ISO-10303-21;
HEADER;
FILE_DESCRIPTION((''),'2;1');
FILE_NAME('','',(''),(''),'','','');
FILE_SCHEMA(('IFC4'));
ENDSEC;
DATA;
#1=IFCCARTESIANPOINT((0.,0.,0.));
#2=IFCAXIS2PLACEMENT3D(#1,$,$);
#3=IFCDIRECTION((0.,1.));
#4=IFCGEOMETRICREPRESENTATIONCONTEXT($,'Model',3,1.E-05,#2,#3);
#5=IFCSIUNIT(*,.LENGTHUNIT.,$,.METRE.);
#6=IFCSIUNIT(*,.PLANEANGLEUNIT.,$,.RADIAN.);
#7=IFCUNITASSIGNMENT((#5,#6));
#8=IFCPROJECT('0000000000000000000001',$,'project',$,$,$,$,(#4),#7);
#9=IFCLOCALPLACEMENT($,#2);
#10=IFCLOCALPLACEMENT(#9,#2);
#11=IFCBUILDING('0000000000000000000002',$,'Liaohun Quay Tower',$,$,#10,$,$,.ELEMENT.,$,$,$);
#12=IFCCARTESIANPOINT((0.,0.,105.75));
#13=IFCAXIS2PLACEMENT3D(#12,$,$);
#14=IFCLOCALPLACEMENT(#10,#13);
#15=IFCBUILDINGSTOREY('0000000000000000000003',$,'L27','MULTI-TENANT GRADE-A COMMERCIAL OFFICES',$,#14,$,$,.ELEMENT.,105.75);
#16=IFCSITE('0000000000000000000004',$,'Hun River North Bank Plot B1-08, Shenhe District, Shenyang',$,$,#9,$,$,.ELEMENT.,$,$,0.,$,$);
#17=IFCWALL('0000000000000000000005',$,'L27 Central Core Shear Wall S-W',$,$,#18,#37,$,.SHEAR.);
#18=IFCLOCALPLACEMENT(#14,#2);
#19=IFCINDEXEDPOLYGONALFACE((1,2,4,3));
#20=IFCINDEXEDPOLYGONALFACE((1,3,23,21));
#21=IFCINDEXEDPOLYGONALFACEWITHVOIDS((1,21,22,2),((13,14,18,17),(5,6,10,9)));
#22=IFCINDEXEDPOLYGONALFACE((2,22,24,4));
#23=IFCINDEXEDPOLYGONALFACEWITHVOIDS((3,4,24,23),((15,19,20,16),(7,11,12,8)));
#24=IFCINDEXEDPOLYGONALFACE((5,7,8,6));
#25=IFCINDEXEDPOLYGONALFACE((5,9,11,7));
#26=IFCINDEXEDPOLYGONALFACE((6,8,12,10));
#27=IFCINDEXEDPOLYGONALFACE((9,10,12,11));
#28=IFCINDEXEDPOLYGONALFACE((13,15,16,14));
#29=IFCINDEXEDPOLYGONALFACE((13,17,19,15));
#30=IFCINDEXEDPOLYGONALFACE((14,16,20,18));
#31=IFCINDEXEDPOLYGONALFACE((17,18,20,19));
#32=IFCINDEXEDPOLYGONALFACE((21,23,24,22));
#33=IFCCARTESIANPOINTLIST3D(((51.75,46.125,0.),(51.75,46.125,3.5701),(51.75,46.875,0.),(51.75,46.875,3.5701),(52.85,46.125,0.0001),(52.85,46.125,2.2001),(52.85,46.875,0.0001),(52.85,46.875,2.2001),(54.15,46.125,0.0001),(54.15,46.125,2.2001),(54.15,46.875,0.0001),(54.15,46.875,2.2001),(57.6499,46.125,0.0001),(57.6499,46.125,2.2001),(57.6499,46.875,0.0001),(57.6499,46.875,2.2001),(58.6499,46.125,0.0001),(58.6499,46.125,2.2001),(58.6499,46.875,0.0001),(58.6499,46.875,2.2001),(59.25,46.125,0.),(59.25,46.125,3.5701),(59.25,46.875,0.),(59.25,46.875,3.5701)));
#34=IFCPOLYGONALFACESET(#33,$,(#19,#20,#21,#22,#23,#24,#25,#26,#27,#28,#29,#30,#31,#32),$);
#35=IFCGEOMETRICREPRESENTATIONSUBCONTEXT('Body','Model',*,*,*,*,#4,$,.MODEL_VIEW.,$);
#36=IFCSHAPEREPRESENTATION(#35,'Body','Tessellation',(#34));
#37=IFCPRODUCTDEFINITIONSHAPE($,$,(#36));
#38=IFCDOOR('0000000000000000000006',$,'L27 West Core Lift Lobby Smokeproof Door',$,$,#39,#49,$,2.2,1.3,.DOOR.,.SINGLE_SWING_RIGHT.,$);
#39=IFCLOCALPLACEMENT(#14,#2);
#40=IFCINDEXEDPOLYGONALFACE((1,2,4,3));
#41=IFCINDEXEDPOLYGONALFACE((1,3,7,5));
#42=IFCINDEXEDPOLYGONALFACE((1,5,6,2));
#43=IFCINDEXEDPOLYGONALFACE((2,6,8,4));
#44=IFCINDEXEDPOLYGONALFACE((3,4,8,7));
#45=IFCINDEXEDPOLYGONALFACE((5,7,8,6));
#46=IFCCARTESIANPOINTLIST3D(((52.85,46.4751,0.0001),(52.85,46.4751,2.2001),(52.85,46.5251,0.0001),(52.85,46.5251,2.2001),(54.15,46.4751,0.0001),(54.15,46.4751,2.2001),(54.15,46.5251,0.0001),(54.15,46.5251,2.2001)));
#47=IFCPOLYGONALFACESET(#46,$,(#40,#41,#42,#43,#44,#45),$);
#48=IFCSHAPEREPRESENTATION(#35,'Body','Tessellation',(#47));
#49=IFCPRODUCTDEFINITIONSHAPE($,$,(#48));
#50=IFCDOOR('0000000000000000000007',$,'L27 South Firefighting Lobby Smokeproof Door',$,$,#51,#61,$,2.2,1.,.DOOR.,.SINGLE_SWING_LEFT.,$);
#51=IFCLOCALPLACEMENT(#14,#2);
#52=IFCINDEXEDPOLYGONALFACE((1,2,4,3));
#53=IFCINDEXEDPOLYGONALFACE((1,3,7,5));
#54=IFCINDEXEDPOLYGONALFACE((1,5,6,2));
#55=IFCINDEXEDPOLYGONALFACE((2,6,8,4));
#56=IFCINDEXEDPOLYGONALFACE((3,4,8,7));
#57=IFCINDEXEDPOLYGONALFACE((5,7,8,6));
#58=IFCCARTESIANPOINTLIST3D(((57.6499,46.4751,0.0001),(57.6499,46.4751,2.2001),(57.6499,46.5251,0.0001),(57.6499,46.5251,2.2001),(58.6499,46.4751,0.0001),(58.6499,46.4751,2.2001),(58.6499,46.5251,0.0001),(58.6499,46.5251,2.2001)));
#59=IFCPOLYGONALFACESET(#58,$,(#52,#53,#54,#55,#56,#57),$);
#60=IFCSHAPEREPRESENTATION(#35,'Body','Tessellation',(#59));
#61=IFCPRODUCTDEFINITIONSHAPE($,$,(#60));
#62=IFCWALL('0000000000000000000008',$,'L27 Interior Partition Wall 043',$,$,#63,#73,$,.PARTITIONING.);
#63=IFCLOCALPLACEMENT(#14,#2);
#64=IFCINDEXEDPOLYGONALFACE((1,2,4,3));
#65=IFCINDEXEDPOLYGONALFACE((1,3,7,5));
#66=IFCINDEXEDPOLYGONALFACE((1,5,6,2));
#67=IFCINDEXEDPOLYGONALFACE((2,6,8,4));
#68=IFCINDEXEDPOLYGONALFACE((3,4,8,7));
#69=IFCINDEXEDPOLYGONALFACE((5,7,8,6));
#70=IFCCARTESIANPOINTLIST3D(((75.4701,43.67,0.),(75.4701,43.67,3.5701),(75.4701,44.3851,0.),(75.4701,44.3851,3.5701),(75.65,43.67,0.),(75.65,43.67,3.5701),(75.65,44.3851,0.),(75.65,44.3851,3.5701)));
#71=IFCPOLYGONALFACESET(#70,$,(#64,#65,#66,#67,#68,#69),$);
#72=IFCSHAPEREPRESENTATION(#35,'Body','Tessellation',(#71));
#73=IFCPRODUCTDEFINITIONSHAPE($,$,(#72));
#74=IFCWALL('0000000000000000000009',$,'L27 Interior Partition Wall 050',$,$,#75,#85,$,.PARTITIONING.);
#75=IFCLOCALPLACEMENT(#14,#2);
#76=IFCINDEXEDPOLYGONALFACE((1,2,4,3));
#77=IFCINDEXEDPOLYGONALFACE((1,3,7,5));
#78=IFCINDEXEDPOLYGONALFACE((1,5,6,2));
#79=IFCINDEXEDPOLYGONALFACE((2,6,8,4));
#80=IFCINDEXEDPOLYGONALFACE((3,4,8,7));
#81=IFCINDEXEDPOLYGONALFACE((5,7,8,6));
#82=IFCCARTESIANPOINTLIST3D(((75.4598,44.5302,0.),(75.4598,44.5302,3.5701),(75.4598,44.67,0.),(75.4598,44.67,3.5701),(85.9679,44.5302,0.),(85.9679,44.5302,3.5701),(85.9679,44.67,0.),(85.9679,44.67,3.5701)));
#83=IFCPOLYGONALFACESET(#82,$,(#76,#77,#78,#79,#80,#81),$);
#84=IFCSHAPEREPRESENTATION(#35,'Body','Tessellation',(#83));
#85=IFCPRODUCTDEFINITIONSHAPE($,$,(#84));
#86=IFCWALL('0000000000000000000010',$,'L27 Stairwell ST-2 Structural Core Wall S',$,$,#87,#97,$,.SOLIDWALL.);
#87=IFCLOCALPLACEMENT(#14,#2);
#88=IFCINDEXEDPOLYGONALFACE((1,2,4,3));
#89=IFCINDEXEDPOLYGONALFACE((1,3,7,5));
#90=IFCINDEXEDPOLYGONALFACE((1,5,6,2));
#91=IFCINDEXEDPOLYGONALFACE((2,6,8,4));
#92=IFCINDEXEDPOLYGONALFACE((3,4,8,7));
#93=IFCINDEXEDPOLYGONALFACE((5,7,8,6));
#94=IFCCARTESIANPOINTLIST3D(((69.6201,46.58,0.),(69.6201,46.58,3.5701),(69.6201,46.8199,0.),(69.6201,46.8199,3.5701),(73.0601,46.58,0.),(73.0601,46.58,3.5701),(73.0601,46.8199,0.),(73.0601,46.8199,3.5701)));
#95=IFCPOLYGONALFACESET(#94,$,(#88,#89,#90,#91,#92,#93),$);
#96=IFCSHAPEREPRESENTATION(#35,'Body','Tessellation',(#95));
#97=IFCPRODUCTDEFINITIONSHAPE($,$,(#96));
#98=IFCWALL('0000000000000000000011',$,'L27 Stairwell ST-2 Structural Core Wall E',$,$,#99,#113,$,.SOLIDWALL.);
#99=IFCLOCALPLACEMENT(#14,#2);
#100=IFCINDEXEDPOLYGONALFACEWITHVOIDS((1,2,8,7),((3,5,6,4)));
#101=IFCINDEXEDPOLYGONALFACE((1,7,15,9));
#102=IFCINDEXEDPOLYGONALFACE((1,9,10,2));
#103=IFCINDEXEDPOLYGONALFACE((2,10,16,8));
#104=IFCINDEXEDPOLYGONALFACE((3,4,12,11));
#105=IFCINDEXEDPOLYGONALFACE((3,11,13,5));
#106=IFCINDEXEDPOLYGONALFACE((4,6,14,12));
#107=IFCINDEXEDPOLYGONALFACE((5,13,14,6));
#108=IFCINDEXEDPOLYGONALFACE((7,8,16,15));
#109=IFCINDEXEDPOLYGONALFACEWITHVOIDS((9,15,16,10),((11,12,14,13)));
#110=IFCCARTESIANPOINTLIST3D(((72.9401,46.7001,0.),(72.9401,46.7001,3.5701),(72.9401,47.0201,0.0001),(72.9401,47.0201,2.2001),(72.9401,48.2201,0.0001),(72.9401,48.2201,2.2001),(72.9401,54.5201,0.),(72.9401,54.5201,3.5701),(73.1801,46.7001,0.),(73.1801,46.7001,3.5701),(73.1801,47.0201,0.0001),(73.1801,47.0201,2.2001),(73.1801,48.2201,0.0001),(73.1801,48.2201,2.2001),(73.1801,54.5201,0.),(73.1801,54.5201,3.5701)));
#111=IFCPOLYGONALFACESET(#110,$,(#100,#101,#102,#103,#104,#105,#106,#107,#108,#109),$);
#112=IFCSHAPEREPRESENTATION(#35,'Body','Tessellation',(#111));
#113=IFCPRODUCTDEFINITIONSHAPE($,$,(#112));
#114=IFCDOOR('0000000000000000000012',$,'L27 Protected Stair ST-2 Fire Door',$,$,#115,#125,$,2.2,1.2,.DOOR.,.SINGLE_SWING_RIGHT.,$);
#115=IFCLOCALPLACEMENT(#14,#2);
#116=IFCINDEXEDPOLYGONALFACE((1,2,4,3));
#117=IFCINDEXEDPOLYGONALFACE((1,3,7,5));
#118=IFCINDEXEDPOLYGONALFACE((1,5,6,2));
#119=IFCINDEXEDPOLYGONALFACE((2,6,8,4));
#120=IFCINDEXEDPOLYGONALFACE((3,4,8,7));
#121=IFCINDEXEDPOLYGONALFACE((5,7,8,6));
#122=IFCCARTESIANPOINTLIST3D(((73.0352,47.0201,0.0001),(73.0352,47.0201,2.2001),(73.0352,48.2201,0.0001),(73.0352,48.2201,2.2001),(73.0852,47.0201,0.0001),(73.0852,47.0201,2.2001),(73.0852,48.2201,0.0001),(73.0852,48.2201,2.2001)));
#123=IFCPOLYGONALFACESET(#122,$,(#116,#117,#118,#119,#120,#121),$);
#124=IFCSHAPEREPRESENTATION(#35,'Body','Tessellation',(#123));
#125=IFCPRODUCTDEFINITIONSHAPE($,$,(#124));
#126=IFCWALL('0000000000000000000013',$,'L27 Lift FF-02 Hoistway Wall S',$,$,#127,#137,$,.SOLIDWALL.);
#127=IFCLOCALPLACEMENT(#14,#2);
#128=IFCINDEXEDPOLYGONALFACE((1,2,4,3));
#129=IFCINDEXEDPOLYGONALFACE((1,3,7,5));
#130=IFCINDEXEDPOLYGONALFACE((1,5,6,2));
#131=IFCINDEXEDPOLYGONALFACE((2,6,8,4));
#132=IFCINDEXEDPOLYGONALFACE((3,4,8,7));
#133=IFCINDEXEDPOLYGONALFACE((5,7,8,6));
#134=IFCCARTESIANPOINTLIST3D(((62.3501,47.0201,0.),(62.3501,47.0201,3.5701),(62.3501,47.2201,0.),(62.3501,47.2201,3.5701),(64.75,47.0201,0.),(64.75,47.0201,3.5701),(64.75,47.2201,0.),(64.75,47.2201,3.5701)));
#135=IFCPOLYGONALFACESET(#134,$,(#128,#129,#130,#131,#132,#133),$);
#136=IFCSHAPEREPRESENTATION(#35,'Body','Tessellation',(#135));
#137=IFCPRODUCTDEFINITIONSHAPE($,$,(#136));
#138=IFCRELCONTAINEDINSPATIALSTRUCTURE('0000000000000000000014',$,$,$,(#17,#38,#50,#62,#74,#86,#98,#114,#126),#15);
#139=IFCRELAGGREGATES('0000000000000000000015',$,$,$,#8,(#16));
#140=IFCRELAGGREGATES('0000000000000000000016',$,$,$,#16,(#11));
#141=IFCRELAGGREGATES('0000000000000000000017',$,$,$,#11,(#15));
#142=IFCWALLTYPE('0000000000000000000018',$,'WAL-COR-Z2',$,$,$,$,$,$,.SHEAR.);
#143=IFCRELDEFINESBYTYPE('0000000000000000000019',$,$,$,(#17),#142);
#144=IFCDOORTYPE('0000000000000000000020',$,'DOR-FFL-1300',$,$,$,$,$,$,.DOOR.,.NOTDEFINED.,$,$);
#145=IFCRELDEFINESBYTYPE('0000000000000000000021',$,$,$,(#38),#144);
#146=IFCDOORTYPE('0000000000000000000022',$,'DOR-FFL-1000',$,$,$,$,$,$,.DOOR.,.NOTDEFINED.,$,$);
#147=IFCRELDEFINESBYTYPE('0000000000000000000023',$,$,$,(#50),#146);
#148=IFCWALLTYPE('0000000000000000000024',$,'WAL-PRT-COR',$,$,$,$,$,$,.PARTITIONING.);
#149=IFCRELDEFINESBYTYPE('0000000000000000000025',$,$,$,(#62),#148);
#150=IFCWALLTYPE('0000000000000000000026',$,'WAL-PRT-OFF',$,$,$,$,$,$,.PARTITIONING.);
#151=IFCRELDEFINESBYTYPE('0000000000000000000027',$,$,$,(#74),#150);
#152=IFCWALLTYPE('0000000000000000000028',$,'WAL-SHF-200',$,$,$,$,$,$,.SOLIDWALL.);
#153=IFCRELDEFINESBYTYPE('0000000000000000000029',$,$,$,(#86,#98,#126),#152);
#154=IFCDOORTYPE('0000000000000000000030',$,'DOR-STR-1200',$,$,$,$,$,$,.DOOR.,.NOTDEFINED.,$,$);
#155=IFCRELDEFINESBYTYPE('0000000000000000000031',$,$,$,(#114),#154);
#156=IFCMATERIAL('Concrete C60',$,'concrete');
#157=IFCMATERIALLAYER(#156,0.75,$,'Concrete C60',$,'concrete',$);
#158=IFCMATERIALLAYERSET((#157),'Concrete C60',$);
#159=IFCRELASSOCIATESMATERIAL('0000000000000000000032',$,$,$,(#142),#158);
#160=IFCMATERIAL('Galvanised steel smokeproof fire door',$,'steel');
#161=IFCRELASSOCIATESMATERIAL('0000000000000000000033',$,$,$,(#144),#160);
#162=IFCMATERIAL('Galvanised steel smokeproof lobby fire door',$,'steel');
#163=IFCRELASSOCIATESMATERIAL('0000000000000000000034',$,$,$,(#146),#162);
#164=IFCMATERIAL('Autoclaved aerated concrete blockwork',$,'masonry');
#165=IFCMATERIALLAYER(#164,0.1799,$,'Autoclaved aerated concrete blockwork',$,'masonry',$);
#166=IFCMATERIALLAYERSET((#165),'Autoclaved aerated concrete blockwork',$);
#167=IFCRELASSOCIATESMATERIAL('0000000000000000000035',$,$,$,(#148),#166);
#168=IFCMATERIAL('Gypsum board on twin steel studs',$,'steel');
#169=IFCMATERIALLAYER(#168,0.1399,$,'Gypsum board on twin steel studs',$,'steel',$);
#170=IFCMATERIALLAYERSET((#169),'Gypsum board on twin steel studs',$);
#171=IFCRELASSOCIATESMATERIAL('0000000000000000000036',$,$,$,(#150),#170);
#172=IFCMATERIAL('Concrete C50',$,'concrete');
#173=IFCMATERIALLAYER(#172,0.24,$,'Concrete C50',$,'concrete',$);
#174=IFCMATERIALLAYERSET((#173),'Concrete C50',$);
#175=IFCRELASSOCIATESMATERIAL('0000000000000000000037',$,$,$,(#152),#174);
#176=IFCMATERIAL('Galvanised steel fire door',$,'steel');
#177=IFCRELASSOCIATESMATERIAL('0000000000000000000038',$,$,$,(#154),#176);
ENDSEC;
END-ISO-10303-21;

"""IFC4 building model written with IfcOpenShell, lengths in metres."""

from ifc_helpers import new_model, si_unit, direction, frame, frame_2d, origin, place, context, subcontext, project, spatial, rectangle, extrude, source, transform, mapped, material, layer, layer_set, type_object, element, fill, save


model = new_model("IFC4")

# Units and contexts
model_context = context("Model", 3, precision=1e-05, world=origin(), true_north=direction((0.0, 1.0)))
body_context = subcontext(model_context, "Body", "Model", "MODEL_VIEW")
ifc_project = project(units=[si_unit("LENGTHUNIT", "METRE"), si_unit("PLANEANGLEUNIT", "RADIAN")], contexts=[model_context])

# Site, building, storey
site_placement = place(None, origin())
site = spatial("IfcSite", under=ifc_project, at=site_placement, Name="Hun River North Bank Plot B1-08, Shenhe District, Shenyang", CompositionType="ELEMENT", RefElevation=0.0)
building_placement = place(site_placement, origin())
building = spatial("IfcBuilding", under=site, at=building_placement, Name="Liaohun Quay Tower", CompositionType="ELEMENT")
storey_placement = place(building_placement, frame((0.0, 0.0, 105.75)))
storey = spatial("IfcBuildingStorey", under=building, at=storey_placement, Name="L27", Description="MULTI-TENANT GRADE-A COMMERCIAL OFFICES", CompositionType="ELEMENT", Elevation=105.75)

# Shared definitions
ifc_material_1 = material(Name="Concrete C60", Category="concrete")

# Shared definitions
ifc_layer_1 = layer(ifc_material_1, 0.75, Name="Concrete C60", Category="concrete")
ifc_layer_set_1 = layer_set([ifc_layer_1], Name="Concrete C60")
wall_type_1 = type_object("IfcWallType", Name="WAL-COR-Z2", PredefinedType="SHEAR", material=ifc_layer_set_1)
shared_shape_1 = source(origin(), body_context, "Body", "SweptSolid", [
    extrude(rectangle(XDim=1.3, YDim=2.2, at=frame_2d((0.6499, 1.1001))), frame((0.0, 0.385, 0.0), z_axis=(0.0, -1.0, 0.0), x_axis=(1.0, 0.0, 0.0)), (0.0, 0.0, 1.0), 0.77),
])
ifc_material_2 = material(Name="Galvanised steel smokeproof fire door", Category="steel")
door_type_1 = type_object("IfcDoorType", Name="DOR-FFL-1300", OperationType="NOTDEFINED", PredefinedType="DOOR", material=ifc_material_2)
shared_shape_2 = source(origin(), body_context, "Body", "SweptSolid", [
    extrude(rectangle(XDim=1.3, YDim=2.2, at=frame_2d((0.6499, 1.1001))), frame((0.0, 0.0249, 0.0), z_axis=(0.0, -1.0, 0.0), x_axis=(1.0, 0.0, 0.0)), (0.0, 0.0, 1.0), 0.05),
])

# Wall, openings, doors
wall_1_placement = place(storey_placement, frame((59.25, 46.5, 0.0), z_axis=(0.0, 0.0, 1.0), x_axis=(-1.0, 0.0, 0.0)))
wall_1 = element("IfcWall", 1, at=wall_1_placement, inside=storey, type_object=wall_type_1, Name="L27 Central Core Shear Wall S-W", PredefinedType="SHEAR", context=body_context, shape_type="SweptSolid", body=[
    extrude(rectangle(XDim=7.5, YDim=0.75, at=frame_2d((3.75, 0.0))), origin(), (0.0, 0.0, 1.0), 3.5701),
])
opening_1_placement = place(wall_1_placement, frame((5.1001, 0.0, 0.0)))
opening_1 = element("IfcOpeningElement", 2, at=opening_1_placement, cuts=wall_1, PredefinedType="OPENING", context=body_context, shape_type="MappedRepresentation", body=[
    mapped(shared_shape_1, transform((0.0, 0.0, 0.0), x_axis=(1.0, 0.0, 0.0), y_axis=(0.0, 1.0, 0.0), z_axis=(0.0, 0.0, 1.0), scale=1.0)),
])
shared_shape_3 = source(origin(), body_context, "Body", "SweptSolid", [
    extrude(rectangle(XDim=1.0, YDim=2.2, at=frame_2d((0.5, 1.1001))), frame((0.0, 0.385, 0.0), z_axis=(0.0, -1.0, 0.0), x_axis=(1.0, 0.0, 0.0)), (0.0, 0.0, 1.0), 0.77),
])
opening_2_placement = place(wall_1_placement, frame((0.6001, 0.0, 0.0)))
opening_2 = element("IfcOpeningElement", 3, at=opening_2_placement, cuts=wall_1, PredefinedType="OPENING", context=body_context, shape_type="MappedRepresentation", body=[
    mapped(shared_shape_3, transform((0.0, 0.0, 0.0), x_axis=(1.0, 0.0, 0.0), y_axis=(0.0, 1.0, 0.0), z_axis=(0.0, 0.0, 1.0), scale=1.0)),
])
door_1_placement = place(opening_1_placement, origin())
door_1 = element("IfcDoor", 4, at=door_1_placement, inside=storey, type_object=door_type_1, Name="L27 West Core Lift Lobby Smokeproof Door", OperationType="SINGLE_SWING_RIGHT", OverallHeight=2.2, OverallWidth=1.3, PredefinedType="DOOR", context=body_context, shape_type="MappedRepresentation", body=[
    mapped(shared_shape_2, transform((0.0, 0.0, 0.0), x_axis=(1.0, 0.0, 0.0), y_axis=(0.0, 1.0, 0.0), z_axis=(0.0, 0.0, 1.0), scale=1.0)),
])
fill(opening_1, door_1)
ifc_material_3 = material(Name="Galvanised steel smokeproof lobby fire door", Category="steel")
door_type_2 = type_object("IfcDoorType", Name="DOR-FFL-1000", OperationType="NOTDEFINED", PredefinedType="DOOR", material=ifc_material_3)
shared_shape_4 = source(origin(), body_context, "Body", "SweptSolid", [
    extrude(rectangle(XDim=1.0, YDim=2.2, at=frame_2d((0.5, 1.1001))), frame((0.0, 0.0249, 0.0), z_axis=(0.0, -1.0, 0.0), x_axis=(1.0, 0.0, 0.0)), (0.0, 0.0, 1.0), 0.05),
])
door_2_placement = place(opening_2_placement, origin())
door_2 = element("IfcDoor", 5, at=door_2_placement, inside=storey, type_object=door_type_2, Name="L27 South Firefighting Lobby Smokeproof Door", OperationType="SINGLE_SWING_LEFT", OverallHeight=2.2, OverallWidth=1.0, PredefinedType="DOOR", context=body_context, shape_type="MappedRepresentation", body=[
    mapped(shared_shape_4, transform((0.0, 0.0, 0.0), x_axis=(1.0, 0.0, 0.0), y_axis=(0.0, 1.0, 0.0), z_axis=(0.0, 0.0, 1.0), scale=1.0)),
])
fill(opening_2, door_2)

# Walls
ifc_material_4 = material(Name="Autoclaved aerated concrete blockwork", Category="masonry")
ifc_layer_2 = layer(ifc_material_4, 0.1799, Name="Autoclaved aerated concrete blockwork", Category="masonry")
ifc_layer_set_2 = layer_set([ifc_layer_2], Name="Autoclaved aerated concrete blockwork")
wall_type_2 = type_object("IfcWallType", Name="WAL-PRT-COR", PredefinedType="PARTITIONING", material=ifc_layer_set_2)
wall_2_placement = place(storey_placement, frame((75.5601, 44.385, 0.0), z_axis=(0.0, 0.0, 1.0), x_axis=(0.0, -1.0, 0.0)))
element("IfcWall", 6, at=wall_2_placement, inside=storey, type_object=wall_type_2, Name="L27 Interior Partition Wall 043", PredefinedType="PARTITIONING", context=body_context, shape_type="SweptSolid", body=[
    extrude(rectangle(XDim=0.7151, YDim=0.1799, at=frame_2d((0.3574, 0.0))), origin(), (0.0, 0.0, 1.0), 3.5701),
])
ifc_material_5 = material(Name="Gypsum board on twin steel studs", Category="steel")
ifc_layer_3 = layer(ifc_material_5, 0.1399, Name="Gypsum board on twin steel studs", Category="steel")
ifc_layer_set_3 = layer_set([ifc_layer_3], Name="Gypsum board on twin steel studs")
wall_type_3 = type_object("IfcWallType", Name="WAL-PRT-OFF", PredefinedType="PARTITIONING", material=ifc_layer_set_3)
wall_3_placement = place(storey_placement, frame((75.46, 44.6001, 0.0), z_axis=(0.0, 0.0, 1.0), x_axis=(1.0, 0.0, 0.0)))
element("IfcWall", 7, at=wall_3_placement, inside=storey, type_object=wall_type_3, Name="L27 Interior Partition Wall 050", PredefinedType="PARTITIONING", context=body_context, shape_type="SweptSolid", body=[
    extrude(rectangle(XDim=10.5081, YDim=0.1399, at=frame_2d((5.2539, 0.0))), origin(), (0.0, 0.0, 1.0), 3.5701),
])
ifc_material_6 = material(Name="Concrete C50", Category="concrete")
ifc_layer_4 = layer(ifc_material_6, 0.24, Name="Concrete C50", Category="concrete")
ifc_layer_set_4 = layer_set([ifc_layer_4], Name="Concrete C50")
wall_type_4 = type_object("IfcWallType", Name="WAL-SHF-200", PredefinedType="SOLIDWALL", material=ifc_layer_set_4)
wall_4_placement = place(storey_placement, frame((69.6201, 46.7, 0.0), z_axis=(0.0, 0.0, 1.0), x_axis=(1.0, 0.0, 0.0)))
element("IfcWall", 8, at=wall_4_placement, inside=storey, type_object=wall_type_4, Name="L27 Stairwell ST-2 Structural Core Wall S", PredefinedType="SOLIDWALL", context=body_context, shape_type="SweptSolid", body=[
    extrude(rectangle(XDim=3.4399, YDim=0.24, at=frame_2d((1.72, 0.0))), origin(), (0.0, 0.0, 1.0), 3.5701),
])

# Wall, opening, door
wall_5_placement = place(storey_placement, frame((73.0601, 46.7, 0.0), z_axis=(0.0, 0.0, 1.0), x_axis=(0.0, 1.0, 0.0)))
wall_5 = element("IfcWall", 9, at=wall_5_placement, inside=storey, type_object=wall_type_4, Name="L27 Stairwell ST-2 Structural Core Wall E", PredefinedType="SOLIDWALL", context=body_context, shape_type="SweptSolid", body=[
    extrude(rectangle(XDim=7.8201, YDim=0.24, at=frame_2d((3.9102, 0.0))), origin(), (0.0, 0.0, 1.0), 3.5701),
])
shared_shape_5 = source(origin(), body_context, "Body", "SweptSolid", [
    extrude(rectangle(XDim=1.2, YDim=2.2, at=frame_2d((0.6001, 1.1001))), frame((0.0, 0.1299, 0.0), z_axis=(0.0, -1.0, 0.0), x_axis=(1.0, 0.0, 0.0)), (0.0, 0.0, 1.0), 0.26),
])
opening_3_placement = place(wall_5_placement, frame((0.3201, 0.0, 0.0)))
opening_3 = element("IfcOpeningElement", 10, at=opening_3_placement, cuts=wall_5, PredefinedType="OPENING", context=body_context, shape_type="MappedRepresentation", body=[
    mapped(shared_shape_5, transform((0.0, 0.0, 0.0), x_axis=(1.0, 0.0, 0.0), y_axis=(0.0, 1.0, 0.0), z_axis=(0.0, 0.0, 1.0), scale=1.0)),
])
ifc_material_7 = material(Name="Galvanised steel fire door", Category="steel")
door_type_3 = type_object("IfcDoorType", Name="DOR-STR-1200", OperationType="NOTDEFINED", PredefinedType="DOOR", material=ifc_material_7)
shared_shape_6 = source(origin(), body_context, "Body", "SweptSolid", [
    extrude(rectangle(XDim=1.2, YDim=2.2, at=frame_2d((0.6001, 1.1001))), frame((0.0, 0.0249, 0.0), z_axis=(0.0, -1.0, 0.0), x_axis=(1.0, 0.0, 0.0)), (0.0, 0.0, 1.0), 0.05),
])
door_3_placement = place(opening_3_placement, origin())
door_3 = element("IfcDoor", 11, at=door_3_placement, inside=storey, type_object=door_type_3, Name="L27 Protected Stair ST-2 Fire Door", OperationType="SINGLE_SWING_RIGHT", OverallHeight=2.2, OverallWidth=1.2, PredefinedType="DOOR", context=body_context, shape_type="MappedRepresentation", body=[
    mapped(shared_shape_6, transform((0.0, 0.0, 0.0), x_axis=(1.0, 0.0, 0.0), y_axis=(0.0, 1.0, 0.0), z_axis=(0.0, 0.0, 1.0), scale=1.0)),
])
fill(opening_3, door_3)

# Wall
wall_6_placement = place(storey_placement, frame((62.3501, 47.1201, 0.0), z_axis=(0.0, 0.0, 1.0), x_axis=(1.0, 0.0, 0.0)))
element("IfcWall", 12, at=wall_6_placement, inside=storey, type_object=wall_type_4, Name="L27 Lift FF-02 Hoistway Wall S", PredefinedType="SOLIDWALL", context=body_context, shape_type="SweptSolid", body=[
    extrude(rectangle(XDim=2.3999, YDim=0.2, at=frame_2d((1.2, 0.0))), origin(), (0.0, 0.0, 1.0), 3.5701),
])

save(model, "model.ifc")
